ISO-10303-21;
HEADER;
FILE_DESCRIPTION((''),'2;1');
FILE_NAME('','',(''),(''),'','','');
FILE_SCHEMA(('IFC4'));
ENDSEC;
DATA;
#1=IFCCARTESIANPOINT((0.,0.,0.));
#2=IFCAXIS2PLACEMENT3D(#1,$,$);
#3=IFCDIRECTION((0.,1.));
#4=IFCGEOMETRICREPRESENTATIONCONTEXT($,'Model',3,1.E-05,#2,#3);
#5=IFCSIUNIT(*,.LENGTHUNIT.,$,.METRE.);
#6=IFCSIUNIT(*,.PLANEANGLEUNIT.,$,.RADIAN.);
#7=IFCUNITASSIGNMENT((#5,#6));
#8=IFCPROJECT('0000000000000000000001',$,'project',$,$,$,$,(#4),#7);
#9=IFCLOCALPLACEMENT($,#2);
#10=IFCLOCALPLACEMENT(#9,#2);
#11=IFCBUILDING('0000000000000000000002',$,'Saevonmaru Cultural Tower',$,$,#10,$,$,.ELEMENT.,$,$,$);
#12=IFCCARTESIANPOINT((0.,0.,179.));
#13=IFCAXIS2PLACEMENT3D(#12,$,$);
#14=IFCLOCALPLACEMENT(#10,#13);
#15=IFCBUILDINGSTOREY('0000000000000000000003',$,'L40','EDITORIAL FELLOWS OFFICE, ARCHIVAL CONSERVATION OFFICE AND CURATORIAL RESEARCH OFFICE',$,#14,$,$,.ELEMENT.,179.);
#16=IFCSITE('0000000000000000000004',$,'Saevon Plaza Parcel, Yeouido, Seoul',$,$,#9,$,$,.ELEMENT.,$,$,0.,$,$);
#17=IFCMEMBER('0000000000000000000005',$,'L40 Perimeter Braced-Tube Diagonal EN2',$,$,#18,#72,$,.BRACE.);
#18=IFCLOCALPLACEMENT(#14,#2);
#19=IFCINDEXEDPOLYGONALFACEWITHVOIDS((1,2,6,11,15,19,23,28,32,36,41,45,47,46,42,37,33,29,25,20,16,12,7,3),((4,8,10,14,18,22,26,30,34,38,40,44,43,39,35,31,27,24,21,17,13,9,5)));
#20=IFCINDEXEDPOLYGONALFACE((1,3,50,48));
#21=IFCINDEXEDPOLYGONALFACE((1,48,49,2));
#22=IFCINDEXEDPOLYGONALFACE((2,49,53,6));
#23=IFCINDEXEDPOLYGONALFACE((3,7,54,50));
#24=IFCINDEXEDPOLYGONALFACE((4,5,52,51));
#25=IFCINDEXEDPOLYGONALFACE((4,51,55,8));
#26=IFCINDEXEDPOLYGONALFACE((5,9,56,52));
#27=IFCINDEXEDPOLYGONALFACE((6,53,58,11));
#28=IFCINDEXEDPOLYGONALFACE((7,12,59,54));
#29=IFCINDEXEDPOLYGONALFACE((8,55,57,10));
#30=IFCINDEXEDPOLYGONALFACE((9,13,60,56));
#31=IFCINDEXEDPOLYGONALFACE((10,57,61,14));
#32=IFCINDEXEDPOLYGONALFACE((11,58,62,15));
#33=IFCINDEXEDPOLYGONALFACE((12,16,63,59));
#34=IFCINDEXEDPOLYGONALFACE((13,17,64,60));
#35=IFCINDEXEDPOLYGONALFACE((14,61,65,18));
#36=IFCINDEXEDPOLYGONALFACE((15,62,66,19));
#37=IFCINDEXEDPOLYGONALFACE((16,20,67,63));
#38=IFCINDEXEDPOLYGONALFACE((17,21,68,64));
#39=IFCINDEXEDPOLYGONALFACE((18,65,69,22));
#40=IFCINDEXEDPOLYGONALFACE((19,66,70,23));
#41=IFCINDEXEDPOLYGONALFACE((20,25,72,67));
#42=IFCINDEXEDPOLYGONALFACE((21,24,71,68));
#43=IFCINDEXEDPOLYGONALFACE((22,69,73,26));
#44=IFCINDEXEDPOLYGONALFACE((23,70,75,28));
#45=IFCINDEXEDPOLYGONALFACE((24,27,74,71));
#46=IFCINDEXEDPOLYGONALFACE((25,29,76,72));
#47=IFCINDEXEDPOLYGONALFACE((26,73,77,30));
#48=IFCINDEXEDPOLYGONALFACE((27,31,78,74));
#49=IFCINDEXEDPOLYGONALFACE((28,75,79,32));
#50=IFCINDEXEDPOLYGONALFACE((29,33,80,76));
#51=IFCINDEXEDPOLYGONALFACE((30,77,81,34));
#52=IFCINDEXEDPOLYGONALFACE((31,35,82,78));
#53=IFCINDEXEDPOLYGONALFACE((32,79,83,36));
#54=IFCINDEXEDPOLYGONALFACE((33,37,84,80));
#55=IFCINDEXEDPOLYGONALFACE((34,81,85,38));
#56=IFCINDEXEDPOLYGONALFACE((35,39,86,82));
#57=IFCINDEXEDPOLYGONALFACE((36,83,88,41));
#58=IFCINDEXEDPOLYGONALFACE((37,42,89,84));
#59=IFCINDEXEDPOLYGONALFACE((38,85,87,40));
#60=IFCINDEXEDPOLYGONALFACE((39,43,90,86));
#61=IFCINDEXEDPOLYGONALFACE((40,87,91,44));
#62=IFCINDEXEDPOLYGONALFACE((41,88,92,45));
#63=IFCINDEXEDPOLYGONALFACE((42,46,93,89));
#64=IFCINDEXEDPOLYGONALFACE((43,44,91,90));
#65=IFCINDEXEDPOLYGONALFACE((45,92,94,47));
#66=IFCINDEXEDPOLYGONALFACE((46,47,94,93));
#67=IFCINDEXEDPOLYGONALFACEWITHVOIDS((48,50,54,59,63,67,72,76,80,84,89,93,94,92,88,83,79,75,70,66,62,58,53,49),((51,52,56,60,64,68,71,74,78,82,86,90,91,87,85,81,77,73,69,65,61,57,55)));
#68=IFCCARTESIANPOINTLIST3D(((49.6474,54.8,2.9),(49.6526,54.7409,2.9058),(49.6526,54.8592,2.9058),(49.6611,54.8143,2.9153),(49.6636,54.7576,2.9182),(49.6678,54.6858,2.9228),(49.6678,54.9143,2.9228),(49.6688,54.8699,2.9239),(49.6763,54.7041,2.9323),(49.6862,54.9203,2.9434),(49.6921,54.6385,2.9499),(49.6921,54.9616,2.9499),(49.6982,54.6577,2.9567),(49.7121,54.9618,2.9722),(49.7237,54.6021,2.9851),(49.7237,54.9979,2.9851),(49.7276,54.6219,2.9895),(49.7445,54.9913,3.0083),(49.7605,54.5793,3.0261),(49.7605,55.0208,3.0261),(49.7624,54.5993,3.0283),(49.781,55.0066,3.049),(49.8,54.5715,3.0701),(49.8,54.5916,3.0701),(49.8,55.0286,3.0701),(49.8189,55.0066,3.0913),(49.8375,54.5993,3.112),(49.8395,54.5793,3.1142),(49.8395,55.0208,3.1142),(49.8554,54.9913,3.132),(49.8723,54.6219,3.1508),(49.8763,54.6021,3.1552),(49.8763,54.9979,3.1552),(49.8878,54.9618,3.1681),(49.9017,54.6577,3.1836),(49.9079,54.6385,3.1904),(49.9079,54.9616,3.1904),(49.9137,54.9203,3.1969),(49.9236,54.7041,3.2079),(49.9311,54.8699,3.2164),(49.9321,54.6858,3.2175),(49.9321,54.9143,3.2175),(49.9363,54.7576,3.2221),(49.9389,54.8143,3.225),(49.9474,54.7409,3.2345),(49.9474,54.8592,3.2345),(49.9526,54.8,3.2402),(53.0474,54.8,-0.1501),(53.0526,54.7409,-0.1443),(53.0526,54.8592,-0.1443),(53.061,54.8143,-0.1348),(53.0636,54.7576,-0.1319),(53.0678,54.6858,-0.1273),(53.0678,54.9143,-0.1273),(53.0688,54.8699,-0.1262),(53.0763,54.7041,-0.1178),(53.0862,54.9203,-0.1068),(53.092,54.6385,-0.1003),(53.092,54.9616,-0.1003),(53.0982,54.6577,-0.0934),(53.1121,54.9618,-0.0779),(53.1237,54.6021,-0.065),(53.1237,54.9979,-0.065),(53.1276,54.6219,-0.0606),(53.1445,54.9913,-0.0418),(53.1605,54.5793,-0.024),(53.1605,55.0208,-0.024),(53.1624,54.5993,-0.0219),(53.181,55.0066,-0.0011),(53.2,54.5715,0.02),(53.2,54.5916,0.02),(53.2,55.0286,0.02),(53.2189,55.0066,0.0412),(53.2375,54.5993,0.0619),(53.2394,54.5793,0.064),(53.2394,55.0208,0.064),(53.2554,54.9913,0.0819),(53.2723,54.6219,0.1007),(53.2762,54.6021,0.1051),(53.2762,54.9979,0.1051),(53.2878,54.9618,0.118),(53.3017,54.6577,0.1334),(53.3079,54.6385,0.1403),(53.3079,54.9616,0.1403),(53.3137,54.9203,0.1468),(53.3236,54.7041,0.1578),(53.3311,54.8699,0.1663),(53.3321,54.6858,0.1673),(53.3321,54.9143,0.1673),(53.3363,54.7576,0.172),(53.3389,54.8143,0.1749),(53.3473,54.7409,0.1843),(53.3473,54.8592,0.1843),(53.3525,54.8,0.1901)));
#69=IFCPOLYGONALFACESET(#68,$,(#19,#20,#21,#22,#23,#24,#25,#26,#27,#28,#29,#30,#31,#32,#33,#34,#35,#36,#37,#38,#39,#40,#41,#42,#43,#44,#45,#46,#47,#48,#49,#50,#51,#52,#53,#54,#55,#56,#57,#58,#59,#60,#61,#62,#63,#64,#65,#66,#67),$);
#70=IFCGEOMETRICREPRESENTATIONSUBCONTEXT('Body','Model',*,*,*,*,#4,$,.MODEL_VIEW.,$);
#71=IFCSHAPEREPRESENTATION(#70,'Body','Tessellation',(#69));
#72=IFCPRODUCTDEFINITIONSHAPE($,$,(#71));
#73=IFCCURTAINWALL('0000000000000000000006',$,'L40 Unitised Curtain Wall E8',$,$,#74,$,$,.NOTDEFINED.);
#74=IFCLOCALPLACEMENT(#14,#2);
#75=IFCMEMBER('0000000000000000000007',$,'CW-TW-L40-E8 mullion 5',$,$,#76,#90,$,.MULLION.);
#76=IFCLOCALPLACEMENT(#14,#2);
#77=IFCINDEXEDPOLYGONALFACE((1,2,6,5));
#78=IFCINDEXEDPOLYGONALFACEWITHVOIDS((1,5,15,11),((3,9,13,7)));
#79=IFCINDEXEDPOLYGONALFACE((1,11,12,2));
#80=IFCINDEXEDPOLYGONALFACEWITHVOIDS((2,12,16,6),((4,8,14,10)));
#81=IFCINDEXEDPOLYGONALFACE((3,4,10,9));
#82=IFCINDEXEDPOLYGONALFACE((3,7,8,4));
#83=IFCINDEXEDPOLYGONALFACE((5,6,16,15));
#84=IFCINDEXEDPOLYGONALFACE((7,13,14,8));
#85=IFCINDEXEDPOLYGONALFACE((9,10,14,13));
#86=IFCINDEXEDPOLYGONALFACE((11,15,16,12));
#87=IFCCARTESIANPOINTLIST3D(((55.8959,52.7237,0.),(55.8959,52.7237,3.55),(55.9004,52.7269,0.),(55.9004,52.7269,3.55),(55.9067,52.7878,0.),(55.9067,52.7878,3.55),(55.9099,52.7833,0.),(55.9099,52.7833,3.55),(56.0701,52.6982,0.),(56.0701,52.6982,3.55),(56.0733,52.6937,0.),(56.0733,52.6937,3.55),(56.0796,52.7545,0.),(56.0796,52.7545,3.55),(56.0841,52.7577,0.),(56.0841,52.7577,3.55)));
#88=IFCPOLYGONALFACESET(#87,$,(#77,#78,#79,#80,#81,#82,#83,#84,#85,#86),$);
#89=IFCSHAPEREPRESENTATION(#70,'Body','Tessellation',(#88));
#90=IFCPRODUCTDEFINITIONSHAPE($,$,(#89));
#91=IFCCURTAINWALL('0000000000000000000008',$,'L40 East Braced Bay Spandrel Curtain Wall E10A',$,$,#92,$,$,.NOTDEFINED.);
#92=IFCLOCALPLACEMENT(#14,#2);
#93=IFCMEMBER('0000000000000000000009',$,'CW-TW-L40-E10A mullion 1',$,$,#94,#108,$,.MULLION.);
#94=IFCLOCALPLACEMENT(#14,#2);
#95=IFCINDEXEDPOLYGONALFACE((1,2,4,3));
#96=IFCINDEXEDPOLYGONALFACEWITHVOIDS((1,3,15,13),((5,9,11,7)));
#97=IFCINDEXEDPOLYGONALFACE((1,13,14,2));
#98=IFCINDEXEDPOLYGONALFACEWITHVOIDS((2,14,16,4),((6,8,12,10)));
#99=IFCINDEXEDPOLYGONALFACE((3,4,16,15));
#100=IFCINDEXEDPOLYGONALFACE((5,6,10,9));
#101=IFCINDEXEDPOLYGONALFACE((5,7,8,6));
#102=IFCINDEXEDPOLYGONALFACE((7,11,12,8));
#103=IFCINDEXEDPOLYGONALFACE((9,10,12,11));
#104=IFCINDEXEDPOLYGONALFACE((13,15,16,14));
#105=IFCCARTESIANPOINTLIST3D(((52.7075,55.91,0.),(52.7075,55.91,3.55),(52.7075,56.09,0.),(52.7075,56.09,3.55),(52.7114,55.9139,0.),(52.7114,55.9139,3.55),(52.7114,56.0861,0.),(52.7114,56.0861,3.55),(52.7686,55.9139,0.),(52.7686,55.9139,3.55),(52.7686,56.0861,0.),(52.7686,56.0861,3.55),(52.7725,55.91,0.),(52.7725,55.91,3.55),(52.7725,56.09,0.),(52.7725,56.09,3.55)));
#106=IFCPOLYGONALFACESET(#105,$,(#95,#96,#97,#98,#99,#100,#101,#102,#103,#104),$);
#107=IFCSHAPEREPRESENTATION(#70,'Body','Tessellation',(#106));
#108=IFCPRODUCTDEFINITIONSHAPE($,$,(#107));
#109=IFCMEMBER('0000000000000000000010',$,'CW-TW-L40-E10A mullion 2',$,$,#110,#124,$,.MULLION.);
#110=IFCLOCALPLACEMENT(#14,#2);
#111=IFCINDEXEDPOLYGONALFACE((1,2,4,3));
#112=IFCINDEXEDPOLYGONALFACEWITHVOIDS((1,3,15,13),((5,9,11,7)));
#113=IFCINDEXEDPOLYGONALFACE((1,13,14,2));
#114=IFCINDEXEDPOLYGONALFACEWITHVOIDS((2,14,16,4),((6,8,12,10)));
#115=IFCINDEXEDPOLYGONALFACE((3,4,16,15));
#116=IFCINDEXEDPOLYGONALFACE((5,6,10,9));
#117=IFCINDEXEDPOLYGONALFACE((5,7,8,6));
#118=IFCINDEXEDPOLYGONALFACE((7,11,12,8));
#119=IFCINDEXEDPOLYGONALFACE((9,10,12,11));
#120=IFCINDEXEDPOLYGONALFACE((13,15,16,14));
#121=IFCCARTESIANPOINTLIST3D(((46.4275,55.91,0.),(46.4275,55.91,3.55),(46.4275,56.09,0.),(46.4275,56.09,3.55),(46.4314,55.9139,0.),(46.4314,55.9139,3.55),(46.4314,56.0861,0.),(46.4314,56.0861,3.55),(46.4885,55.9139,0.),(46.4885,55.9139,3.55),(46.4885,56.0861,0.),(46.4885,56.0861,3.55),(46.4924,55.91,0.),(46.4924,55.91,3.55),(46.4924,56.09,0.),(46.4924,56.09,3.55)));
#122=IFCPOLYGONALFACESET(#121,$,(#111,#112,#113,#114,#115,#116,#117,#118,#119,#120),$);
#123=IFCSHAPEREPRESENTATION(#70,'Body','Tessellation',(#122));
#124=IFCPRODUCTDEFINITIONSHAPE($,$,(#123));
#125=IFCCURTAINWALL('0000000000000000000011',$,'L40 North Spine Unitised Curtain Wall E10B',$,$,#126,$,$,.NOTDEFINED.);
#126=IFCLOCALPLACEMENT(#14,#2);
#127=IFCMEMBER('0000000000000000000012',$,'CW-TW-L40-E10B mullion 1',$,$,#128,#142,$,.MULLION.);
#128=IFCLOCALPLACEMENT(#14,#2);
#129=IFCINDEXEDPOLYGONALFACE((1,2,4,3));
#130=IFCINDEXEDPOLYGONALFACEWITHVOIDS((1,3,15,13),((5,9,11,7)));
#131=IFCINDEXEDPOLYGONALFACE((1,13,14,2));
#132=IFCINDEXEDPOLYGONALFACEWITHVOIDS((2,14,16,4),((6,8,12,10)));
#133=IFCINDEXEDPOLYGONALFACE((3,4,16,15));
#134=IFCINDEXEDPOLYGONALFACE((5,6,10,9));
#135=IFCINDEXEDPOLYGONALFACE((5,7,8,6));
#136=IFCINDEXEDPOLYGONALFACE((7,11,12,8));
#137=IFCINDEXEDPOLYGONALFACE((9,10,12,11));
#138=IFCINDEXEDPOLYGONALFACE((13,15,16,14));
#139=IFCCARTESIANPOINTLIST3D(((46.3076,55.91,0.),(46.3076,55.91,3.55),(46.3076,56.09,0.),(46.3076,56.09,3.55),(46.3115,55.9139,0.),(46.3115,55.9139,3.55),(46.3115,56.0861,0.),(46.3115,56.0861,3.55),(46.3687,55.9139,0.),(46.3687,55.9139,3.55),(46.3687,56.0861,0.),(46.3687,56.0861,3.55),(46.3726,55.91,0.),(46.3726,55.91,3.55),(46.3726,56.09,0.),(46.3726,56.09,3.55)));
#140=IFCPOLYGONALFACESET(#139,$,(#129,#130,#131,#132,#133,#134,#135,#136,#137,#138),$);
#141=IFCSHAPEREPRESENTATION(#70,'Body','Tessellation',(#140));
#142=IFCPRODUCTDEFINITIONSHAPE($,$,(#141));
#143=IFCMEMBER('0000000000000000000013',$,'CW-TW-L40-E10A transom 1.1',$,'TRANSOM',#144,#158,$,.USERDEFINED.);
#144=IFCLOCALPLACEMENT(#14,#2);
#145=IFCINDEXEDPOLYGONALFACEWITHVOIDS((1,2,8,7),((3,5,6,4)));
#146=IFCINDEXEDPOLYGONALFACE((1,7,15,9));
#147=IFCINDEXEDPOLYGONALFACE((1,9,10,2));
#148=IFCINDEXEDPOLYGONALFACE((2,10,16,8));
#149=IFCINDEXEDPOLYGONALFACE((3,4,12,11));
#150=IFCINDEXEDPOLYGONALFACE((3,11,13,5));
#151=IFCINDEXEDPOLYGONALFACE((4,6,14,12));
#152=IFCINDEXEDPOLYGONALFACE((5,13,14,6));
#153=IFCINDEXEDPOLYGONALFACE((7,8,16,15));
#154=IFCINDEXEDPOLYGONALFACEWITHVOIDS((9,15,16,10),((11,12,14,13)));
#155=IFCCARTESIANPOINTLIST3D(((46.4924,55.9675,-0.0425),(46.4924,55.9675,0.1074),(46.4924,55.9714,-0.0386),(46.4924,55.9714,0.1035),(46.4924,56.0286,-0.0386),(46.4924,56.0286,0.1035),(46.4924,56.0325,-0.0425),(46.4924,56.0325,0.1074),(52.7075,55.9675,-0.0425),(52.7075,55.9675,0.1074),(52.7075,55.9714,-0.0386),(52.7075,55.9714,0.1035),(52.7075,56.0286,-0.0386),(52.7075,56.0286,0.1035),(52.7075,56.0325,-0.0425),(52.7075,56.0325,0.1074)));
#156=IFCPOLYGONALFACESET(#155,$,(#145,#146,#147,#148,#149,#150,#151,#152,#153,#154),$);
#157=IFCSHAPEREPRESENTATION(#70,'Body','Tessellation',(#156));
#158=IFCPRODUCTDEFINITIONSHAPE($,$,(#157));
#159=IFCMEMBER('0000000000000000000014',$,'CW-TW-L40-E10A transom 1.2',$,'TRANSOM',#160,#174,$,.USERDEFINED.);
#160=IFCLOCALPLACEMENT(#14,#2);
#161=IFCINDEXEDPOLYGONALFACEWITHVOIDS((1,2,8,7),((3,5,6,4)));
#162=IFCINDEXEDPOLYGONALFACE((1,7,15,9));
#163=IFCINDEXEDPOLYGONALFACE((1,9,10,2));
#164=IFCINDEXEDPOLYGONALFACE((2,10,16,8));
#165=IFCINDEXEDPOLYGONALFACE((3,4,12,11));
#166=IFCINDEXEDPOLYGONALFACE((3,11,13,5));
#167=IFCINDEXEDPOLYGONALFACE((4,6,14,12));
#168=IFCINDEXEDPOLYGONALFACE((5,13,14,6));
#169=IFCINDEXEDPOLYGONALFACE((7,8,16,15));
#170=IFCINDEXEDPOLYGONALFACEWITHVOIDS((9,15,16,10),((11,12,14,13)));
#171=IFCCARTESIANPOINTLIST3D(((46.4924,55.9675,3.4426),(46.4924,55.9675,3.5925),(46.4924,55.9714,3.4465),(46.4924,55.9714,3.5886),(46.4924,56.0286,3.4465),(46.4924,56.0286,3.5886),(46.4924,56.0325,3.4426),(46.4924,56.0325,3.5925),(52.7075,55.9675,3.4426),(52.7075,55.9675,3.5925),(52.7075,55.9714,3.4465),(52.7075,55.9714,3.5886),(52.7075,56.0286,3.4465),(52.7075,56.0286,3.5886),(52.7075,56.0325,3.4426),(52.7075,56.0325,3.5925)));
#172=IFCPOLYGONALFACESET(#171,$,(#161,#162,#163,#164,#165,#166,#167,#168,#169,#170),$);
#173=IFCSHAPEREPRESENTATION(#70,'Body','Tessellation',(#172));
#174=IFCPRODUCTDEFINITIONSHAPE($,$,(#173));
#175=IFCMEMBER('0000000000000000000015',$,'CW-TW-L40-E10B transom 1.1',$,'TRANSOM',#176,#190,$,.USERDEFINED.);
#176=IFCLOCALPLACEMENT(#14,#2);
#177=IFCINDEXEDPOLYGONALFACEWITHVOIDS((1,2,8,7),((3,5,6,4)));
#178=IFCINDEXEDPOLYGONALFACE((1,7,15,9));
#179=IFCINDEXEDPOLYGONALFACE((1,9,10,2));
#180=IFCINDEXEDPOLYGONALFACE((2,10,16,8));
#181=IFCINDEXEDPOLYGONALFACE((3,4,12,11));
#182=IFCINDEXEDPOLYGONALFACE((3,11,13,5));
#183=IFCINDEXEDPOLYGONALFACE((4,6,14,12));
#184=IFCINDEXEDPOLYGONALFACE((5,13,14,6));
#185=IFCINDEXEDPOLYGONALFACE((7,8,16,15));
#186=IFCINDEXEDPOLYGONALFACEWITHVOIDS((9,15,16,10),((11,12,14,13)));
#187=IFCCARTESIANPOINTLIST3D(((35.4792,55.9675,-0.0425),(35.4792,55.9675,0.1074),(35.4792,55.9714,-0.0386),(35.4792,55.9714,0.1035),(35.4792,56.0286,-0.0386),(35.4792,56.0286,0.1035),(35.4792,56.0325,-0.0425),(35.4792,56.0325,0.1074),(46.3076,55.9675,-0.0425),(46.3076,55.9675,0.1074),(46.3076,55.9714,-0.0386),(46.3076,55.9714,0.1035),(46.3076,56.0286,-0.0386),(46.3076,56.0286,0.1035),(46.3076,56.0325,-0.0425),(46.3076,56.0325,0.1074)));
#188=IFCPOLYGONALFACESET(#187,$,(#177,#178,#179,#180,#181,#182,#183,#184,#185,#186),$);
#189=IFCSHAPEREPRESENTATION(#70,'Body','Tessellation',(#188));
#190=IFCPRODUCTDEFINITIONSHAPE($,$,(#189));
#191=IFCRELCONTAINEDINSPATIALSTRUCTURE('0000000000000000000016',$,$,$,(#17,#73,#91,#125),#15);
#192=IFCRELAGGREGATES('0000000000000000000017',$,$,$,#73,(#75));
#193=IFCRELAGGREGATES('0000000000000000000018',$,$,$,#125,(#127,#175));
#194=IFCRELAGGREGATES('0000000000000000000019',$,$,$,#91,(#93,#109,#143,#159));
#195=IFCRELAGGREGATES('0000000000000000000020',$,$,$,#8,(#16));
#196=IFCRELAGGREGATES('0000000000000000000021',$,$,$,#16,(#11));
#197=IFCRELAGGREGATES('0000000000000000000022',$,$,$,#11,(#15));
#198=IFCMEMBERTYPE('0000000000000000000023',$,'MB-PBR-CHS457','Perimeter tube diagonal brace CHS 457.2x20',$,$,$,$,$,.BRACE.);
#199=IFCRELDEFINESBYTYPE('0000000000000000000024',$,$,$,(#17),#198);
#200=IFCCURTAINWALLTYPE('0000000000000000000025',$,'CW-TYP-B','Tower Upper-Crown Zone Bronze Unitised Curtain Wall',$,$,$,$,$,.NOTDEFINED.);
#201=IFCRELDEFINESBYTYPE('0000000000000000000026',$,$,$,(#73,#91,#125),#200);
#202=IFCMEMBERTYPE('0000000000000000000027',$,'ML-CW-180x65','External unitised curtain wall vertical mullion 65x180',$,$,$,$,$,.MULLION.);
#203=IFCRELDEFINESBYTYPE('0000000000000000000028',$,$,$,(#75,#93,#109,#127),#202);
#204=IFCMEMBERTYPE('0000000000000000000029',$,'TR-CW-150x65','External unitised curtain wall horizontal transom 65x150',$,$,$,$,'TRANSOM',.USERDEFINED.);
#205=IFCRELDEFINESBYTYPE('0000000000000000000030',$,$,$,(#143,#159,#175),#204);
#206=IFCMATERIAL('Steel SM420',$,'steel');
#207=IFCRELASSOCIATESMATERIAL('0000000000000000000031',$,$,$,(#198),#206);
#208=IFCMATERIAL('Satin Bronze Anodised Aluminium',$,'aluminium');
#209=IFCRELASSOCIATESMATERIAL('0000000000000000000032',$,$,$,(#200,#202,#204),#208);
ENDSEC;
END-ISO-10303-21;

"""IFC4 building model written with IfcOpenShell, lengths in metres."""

from ifc_helpers import new_model, si_unit, direction, frame, origin, origin_2d, place, context, subcontext, project, spatial, hollow_rectangle, hollow_circle, extrude, material, material_profile, profile_set, type_object, element, aggregate, save


model = new_model("IFC4")

# Units and contexts
model_context = context("Model", 3, precision=1e-05, world=origin(), true_north=direction((0.0, 1.0)))
body_context = subcontext(model_context, "Body", "Model", "MODEL_VIEW")
ifc_project = project(units=[si_unit("LENGTHUNIT", "METRE"), si_unit("PLANEANGLEUNIT", "RADIAN")], contexts=[model_context])

# Site, building, storey
site_placement = place(None, origin())
site = spatial("IfcSite", under=ifc_project, at=site_placement, Name="Saevon Plaza Parcel, Yeouido, Seoul", CompositionType="ELEMENT", RefElevation=0.0)
building_placement = place(site_placement, origin())
building = spatial("IfcBuilding", under=site, at=building_placement, Name="Saevonmaru Cultural Tower", CompositionType="ELEMENT")
storey_placement = place(building_placement, frame((0.0, 0.0, 179.0)))
storey = spatial("IfcBuildingStorey", under=building, at=storey_placement, Name="L40", Description="EDITORIAL FELLOWS OFFICE, ARCHIVAL CONSERVATION OFFICE AND CURATORIAL RESEARCH OFFICE", CompositionType="ELEMENT", Elevation=179.0)

# Shared definitions
ifc_material_1 = material(Name="Steel SM420", Category="steel")

# Member
ifc_material_profile_1 = material_profile(ifc_material_1, hollow_circle(Radius=0.2285, WallThickness=0.02, at=origin_2d()), Name="CHS-457.2x20")
ifc_profile_set_1 = profile_set([ifc_material_profile_1], Name="Steel SM420")
member_type_1 = type_object("IfcMemberType", Name="MB-PBR-CHS457", Description="Perimeter tube diagonal brace CHS 457.2x20", PredefinedType="BRACE", material=ifc_profile_set_1)
for number, where, z_axis, x_axis, name in (
    (1, (53.2, 54.8, 0.02), (-0.744367, 0.0, 0.667771), (0.0, -1.0, 0.0), "L40 Perimeter Braced-Tube Diagonal EN2"),
):
    element("IfcMember", number, at=place(storey_placement, frame(where, z_axis=z_axis, x_axis=x_axis)), inside=storey, type_object=member_type_1, Name=name, PredefinedType="BRACE", context=body_context, shape_type="SweptSolid", body=[
        extrude(hollow_circle(Radius=0.2285, WallThickness=0.02, at=origin_2d()), origin(), (0.0, 0.0, 1.0), 4.5676),
    ])

# Curtain wall, member
ifc_material_2 = material(Name="Satin Bronze Anodised Aluminium", Category="aluminium")
curtain_wall_type = type_object("IfcCurtainWallType", Name="CW-TYP-B", Description="Tower Upper-Crown Zone Bronze Unitised Curtain Wall", PredefinedType="NOTDEFINED", material=ifc_material_2)
curtain_wall_1_placement = place(storey_placement, origin())
curtain_wall_1 = element("IfcCurtainWall", 2, at=curtain_wall_1_placement, inside=storey, type_object=curtain_wall_type, Name="L40 Unitised Curtain Wall E8", PredefinedType="NOTDEFINED")
ifc_material_profile_2 = material_profile(ifc_material_2, hollow_rectangle(XDim=0.0649, YDim=0.1799, WallThickness=0.0039, at=origin_2d()), Name="ALU-MULL-180x65x4")
ifc_profile_set_2 = profile_set([ifc_material_profile_2], Name="Satin Bronze Anodised Aluminium")
member_type_2 = type_object("IfcMemberType", Name="ML-CW-180x65", Description="External unitised curtain wall vertical mullion 65x180", PredefinedType="MULLION", material=ifc_profile_set_2)
member_1_placement = place(storey_placement, frame((55.99, 52.7407, 0.0), z_axis=(0.0, 0.0, 1.0), x_axis=(0.166922, 0.98597, 0.0)))
member_1 = element("IfcMember", 3, at=member_1_placement, type_object=member_type_2, Name="CW-TW-L40-E8 mullion 5", PredefinedType="MULLION", context=body_context, shape_type="SweptSolid", body=[
    extrude(hollow_rectangle(XDim=0.0649, YDim=0.1799, WallThickness=0.0039, at=origin_2d()), origin(), (0.0, 0.0, 1.0), 3.55),
])
aggregate(curtain_wall_1, [member_1])

# Curtain wall, members
curtain_wall_2_placement = place(storey_placement, origin())
curtain_wall_2 = element("IfcCurtainWall", 4, at=curtain_wall_2_placement, inside=storey, type_object=curtain_wall_type, Name="L40 East Braced Bay Spandrel Curtain Wall E10A", PredefinedType="NOTDEFINED")
member_2_placement = place(storey_placement, frame((52.74, 56.0, 0.0), z_axis=(0.0, 0.0, 1.0), x_axis=(-1.0, 0.0, 0.0)))
member_2 = element("IfcMember", 5, at=member_2_placement, type_object=member_type_2, Name="CW-TW-L40-E10A mullion 1", PredefinedType="MULLION", context=body_context, shape_type="SweptSolid", body=[
    extrude(hollow_rectangle(XDim=0.0649, YDim=0.1799, WallThickness=0.0039, at=origin_2d()), origin(), (0.0, 0.0, 1.0), 3.55),
])
member_3_placement = place(storey_placement, frame((46.46, 56.0, 0.0), z_axis=(0.0, 0.0, 1.0), x_axis=(-1.0, 0.0, 0.0)))
member_3 = element("IfcMember", 6, at=member_3_placement, type_object=member_type_2, Name="CW-TW-L40-E10A mullion 2", PredefinedType="MULLION", context=body_context, shape_type="SweptSolid", body=[
    extrude(hollow_rectangle(XDim=0.0649, YDim=0.1799, WallThickness=0.0039, at=origin_2d()), origin(), (0.0, 0.0, 1.0), 3.55),
])

# Curtain wall, member
curtain_wall_3_placement = place(storey_placement, origin())
curtain_wall_3 = element("IfcCurtainWall", 7, at=curtain_wall_3_placement, inside=storey, type_object=curtain_wall_type, Name="L40 North Spine Unitised Curtain Wall E10B", PredefinedType="NOTDEFINED")
member_4_placement = place(storey_placement, frame((46.3401, 56.0, 0.0), z_axis=(0.0, 0.0, 1.0), x_axis=(-1.0, 0.0, 0.0)))
member_4 = element("IfcMember", 8, at=member_4_placement, type_object=member_type_2, Name="CW-TW-L40-E10B mullion 1", PredefinedType="MULLION", context=body_context, shape_type="SweptSolid", body=[
    extrude(hollow_rectangle(XDim=0.0649, YDim=0.1799, WallThickness=0.0039, at=origin_2d()), origin(), (0.0, 0.0, 1.0), 3.55),
])

# Members
ifc_material_profile_3 = material_profile(ifc_material_2, hollow_rectangle(XDim=0.0649, YDim=0.1499, WallThickness=0.0039, at=origin_2d()), Name="ALU-TRAN-150x65x4")
ifc_profile_set_3 = profile_set([ifc_material_profile_3], Name="Satin Bronze Anodised Aluminium")
member_type_3 = type_object("IfcMemberType", Name="TR-CW-150x65", Description="External unitised curtain wall horizontal transom 65x150", ElementType="TRANSOM", PredefinedType="USERDEFINED", material=ifc_profile_set_3)
member_5_placement = place(storey_placement, frame((52.7075, 56.0, 0.0325), z_axis=(-1.0, 0.0, 0.0), x_axis=(0.0, -1.0, 0.0)))
member_5 = element("IfcMember", 9, at=member_5_placement, type_object=member_type_3, Name="CW-TW-L40-E10A transom 1.1", ObjectType="TRANSOM", PredefinedType="USERDEFINED", context=body_context, shape_type="SweptSolid", body=[
    extrude(hollow_rectangle(XDim=0.0649, YDim=0.1499, WallThickness=0.0039, at=origin_2d()), origin(), (0.0, 0.0, 1.0), 6.2151),
])
member_6_placement = place(storey_placement, frame((52.7075, 56.0, 3.5176), z_axis=(-1.0, 0.0, 0.0), x_axis=(0.0, -1.0, 0.0)))
member_6 = element("IfcMember", 10, at=member_6_placement, type_object=member_type_3, Name="CW-TW-L40-E10A transom 1.2", ObjectType="TRANSOM", PredefinedType="USERDEFINED", context=body_context, shape_type="SweptSolid", body=[
    extrude(hollow_rectangle(XDim=0.0649, YDim=0.1499, WallThickness=0.0039, at=origin_2d()), origin(), (0.0, 0.0, 1.0), 6.2151),
])
member_7_placement = place(storey_placement, frame((46.3076, 56.0, 0.0325), z_axis=(-1.0, 0.0, 0.0), x_axis=(0.0, -1.0, 0.0)))
member_7 = element("IfcMember", 11, at=member_7_placement, type_object=member_type_3, Name="CW-TW-L40-E10B transom 1.1", ObjectType="TRANSOM", PredefinedType="USERDEFINED", context=body_context, shape_type="SweptSolid", body=[
    extrude(hollow_rectangle(XDim=0.0649, YDim=0.1499, WallThickness=0.0039, at=origin_2d()), origin(), (0.0, 0.0, 1.0), 10.8284),
])
aggregate(curtain_wall_3, [member_4, member_7])

aggregate(curtain_wall_2, [member_2, member_3, member_5, member_6])

save(model, "model.ifc")
